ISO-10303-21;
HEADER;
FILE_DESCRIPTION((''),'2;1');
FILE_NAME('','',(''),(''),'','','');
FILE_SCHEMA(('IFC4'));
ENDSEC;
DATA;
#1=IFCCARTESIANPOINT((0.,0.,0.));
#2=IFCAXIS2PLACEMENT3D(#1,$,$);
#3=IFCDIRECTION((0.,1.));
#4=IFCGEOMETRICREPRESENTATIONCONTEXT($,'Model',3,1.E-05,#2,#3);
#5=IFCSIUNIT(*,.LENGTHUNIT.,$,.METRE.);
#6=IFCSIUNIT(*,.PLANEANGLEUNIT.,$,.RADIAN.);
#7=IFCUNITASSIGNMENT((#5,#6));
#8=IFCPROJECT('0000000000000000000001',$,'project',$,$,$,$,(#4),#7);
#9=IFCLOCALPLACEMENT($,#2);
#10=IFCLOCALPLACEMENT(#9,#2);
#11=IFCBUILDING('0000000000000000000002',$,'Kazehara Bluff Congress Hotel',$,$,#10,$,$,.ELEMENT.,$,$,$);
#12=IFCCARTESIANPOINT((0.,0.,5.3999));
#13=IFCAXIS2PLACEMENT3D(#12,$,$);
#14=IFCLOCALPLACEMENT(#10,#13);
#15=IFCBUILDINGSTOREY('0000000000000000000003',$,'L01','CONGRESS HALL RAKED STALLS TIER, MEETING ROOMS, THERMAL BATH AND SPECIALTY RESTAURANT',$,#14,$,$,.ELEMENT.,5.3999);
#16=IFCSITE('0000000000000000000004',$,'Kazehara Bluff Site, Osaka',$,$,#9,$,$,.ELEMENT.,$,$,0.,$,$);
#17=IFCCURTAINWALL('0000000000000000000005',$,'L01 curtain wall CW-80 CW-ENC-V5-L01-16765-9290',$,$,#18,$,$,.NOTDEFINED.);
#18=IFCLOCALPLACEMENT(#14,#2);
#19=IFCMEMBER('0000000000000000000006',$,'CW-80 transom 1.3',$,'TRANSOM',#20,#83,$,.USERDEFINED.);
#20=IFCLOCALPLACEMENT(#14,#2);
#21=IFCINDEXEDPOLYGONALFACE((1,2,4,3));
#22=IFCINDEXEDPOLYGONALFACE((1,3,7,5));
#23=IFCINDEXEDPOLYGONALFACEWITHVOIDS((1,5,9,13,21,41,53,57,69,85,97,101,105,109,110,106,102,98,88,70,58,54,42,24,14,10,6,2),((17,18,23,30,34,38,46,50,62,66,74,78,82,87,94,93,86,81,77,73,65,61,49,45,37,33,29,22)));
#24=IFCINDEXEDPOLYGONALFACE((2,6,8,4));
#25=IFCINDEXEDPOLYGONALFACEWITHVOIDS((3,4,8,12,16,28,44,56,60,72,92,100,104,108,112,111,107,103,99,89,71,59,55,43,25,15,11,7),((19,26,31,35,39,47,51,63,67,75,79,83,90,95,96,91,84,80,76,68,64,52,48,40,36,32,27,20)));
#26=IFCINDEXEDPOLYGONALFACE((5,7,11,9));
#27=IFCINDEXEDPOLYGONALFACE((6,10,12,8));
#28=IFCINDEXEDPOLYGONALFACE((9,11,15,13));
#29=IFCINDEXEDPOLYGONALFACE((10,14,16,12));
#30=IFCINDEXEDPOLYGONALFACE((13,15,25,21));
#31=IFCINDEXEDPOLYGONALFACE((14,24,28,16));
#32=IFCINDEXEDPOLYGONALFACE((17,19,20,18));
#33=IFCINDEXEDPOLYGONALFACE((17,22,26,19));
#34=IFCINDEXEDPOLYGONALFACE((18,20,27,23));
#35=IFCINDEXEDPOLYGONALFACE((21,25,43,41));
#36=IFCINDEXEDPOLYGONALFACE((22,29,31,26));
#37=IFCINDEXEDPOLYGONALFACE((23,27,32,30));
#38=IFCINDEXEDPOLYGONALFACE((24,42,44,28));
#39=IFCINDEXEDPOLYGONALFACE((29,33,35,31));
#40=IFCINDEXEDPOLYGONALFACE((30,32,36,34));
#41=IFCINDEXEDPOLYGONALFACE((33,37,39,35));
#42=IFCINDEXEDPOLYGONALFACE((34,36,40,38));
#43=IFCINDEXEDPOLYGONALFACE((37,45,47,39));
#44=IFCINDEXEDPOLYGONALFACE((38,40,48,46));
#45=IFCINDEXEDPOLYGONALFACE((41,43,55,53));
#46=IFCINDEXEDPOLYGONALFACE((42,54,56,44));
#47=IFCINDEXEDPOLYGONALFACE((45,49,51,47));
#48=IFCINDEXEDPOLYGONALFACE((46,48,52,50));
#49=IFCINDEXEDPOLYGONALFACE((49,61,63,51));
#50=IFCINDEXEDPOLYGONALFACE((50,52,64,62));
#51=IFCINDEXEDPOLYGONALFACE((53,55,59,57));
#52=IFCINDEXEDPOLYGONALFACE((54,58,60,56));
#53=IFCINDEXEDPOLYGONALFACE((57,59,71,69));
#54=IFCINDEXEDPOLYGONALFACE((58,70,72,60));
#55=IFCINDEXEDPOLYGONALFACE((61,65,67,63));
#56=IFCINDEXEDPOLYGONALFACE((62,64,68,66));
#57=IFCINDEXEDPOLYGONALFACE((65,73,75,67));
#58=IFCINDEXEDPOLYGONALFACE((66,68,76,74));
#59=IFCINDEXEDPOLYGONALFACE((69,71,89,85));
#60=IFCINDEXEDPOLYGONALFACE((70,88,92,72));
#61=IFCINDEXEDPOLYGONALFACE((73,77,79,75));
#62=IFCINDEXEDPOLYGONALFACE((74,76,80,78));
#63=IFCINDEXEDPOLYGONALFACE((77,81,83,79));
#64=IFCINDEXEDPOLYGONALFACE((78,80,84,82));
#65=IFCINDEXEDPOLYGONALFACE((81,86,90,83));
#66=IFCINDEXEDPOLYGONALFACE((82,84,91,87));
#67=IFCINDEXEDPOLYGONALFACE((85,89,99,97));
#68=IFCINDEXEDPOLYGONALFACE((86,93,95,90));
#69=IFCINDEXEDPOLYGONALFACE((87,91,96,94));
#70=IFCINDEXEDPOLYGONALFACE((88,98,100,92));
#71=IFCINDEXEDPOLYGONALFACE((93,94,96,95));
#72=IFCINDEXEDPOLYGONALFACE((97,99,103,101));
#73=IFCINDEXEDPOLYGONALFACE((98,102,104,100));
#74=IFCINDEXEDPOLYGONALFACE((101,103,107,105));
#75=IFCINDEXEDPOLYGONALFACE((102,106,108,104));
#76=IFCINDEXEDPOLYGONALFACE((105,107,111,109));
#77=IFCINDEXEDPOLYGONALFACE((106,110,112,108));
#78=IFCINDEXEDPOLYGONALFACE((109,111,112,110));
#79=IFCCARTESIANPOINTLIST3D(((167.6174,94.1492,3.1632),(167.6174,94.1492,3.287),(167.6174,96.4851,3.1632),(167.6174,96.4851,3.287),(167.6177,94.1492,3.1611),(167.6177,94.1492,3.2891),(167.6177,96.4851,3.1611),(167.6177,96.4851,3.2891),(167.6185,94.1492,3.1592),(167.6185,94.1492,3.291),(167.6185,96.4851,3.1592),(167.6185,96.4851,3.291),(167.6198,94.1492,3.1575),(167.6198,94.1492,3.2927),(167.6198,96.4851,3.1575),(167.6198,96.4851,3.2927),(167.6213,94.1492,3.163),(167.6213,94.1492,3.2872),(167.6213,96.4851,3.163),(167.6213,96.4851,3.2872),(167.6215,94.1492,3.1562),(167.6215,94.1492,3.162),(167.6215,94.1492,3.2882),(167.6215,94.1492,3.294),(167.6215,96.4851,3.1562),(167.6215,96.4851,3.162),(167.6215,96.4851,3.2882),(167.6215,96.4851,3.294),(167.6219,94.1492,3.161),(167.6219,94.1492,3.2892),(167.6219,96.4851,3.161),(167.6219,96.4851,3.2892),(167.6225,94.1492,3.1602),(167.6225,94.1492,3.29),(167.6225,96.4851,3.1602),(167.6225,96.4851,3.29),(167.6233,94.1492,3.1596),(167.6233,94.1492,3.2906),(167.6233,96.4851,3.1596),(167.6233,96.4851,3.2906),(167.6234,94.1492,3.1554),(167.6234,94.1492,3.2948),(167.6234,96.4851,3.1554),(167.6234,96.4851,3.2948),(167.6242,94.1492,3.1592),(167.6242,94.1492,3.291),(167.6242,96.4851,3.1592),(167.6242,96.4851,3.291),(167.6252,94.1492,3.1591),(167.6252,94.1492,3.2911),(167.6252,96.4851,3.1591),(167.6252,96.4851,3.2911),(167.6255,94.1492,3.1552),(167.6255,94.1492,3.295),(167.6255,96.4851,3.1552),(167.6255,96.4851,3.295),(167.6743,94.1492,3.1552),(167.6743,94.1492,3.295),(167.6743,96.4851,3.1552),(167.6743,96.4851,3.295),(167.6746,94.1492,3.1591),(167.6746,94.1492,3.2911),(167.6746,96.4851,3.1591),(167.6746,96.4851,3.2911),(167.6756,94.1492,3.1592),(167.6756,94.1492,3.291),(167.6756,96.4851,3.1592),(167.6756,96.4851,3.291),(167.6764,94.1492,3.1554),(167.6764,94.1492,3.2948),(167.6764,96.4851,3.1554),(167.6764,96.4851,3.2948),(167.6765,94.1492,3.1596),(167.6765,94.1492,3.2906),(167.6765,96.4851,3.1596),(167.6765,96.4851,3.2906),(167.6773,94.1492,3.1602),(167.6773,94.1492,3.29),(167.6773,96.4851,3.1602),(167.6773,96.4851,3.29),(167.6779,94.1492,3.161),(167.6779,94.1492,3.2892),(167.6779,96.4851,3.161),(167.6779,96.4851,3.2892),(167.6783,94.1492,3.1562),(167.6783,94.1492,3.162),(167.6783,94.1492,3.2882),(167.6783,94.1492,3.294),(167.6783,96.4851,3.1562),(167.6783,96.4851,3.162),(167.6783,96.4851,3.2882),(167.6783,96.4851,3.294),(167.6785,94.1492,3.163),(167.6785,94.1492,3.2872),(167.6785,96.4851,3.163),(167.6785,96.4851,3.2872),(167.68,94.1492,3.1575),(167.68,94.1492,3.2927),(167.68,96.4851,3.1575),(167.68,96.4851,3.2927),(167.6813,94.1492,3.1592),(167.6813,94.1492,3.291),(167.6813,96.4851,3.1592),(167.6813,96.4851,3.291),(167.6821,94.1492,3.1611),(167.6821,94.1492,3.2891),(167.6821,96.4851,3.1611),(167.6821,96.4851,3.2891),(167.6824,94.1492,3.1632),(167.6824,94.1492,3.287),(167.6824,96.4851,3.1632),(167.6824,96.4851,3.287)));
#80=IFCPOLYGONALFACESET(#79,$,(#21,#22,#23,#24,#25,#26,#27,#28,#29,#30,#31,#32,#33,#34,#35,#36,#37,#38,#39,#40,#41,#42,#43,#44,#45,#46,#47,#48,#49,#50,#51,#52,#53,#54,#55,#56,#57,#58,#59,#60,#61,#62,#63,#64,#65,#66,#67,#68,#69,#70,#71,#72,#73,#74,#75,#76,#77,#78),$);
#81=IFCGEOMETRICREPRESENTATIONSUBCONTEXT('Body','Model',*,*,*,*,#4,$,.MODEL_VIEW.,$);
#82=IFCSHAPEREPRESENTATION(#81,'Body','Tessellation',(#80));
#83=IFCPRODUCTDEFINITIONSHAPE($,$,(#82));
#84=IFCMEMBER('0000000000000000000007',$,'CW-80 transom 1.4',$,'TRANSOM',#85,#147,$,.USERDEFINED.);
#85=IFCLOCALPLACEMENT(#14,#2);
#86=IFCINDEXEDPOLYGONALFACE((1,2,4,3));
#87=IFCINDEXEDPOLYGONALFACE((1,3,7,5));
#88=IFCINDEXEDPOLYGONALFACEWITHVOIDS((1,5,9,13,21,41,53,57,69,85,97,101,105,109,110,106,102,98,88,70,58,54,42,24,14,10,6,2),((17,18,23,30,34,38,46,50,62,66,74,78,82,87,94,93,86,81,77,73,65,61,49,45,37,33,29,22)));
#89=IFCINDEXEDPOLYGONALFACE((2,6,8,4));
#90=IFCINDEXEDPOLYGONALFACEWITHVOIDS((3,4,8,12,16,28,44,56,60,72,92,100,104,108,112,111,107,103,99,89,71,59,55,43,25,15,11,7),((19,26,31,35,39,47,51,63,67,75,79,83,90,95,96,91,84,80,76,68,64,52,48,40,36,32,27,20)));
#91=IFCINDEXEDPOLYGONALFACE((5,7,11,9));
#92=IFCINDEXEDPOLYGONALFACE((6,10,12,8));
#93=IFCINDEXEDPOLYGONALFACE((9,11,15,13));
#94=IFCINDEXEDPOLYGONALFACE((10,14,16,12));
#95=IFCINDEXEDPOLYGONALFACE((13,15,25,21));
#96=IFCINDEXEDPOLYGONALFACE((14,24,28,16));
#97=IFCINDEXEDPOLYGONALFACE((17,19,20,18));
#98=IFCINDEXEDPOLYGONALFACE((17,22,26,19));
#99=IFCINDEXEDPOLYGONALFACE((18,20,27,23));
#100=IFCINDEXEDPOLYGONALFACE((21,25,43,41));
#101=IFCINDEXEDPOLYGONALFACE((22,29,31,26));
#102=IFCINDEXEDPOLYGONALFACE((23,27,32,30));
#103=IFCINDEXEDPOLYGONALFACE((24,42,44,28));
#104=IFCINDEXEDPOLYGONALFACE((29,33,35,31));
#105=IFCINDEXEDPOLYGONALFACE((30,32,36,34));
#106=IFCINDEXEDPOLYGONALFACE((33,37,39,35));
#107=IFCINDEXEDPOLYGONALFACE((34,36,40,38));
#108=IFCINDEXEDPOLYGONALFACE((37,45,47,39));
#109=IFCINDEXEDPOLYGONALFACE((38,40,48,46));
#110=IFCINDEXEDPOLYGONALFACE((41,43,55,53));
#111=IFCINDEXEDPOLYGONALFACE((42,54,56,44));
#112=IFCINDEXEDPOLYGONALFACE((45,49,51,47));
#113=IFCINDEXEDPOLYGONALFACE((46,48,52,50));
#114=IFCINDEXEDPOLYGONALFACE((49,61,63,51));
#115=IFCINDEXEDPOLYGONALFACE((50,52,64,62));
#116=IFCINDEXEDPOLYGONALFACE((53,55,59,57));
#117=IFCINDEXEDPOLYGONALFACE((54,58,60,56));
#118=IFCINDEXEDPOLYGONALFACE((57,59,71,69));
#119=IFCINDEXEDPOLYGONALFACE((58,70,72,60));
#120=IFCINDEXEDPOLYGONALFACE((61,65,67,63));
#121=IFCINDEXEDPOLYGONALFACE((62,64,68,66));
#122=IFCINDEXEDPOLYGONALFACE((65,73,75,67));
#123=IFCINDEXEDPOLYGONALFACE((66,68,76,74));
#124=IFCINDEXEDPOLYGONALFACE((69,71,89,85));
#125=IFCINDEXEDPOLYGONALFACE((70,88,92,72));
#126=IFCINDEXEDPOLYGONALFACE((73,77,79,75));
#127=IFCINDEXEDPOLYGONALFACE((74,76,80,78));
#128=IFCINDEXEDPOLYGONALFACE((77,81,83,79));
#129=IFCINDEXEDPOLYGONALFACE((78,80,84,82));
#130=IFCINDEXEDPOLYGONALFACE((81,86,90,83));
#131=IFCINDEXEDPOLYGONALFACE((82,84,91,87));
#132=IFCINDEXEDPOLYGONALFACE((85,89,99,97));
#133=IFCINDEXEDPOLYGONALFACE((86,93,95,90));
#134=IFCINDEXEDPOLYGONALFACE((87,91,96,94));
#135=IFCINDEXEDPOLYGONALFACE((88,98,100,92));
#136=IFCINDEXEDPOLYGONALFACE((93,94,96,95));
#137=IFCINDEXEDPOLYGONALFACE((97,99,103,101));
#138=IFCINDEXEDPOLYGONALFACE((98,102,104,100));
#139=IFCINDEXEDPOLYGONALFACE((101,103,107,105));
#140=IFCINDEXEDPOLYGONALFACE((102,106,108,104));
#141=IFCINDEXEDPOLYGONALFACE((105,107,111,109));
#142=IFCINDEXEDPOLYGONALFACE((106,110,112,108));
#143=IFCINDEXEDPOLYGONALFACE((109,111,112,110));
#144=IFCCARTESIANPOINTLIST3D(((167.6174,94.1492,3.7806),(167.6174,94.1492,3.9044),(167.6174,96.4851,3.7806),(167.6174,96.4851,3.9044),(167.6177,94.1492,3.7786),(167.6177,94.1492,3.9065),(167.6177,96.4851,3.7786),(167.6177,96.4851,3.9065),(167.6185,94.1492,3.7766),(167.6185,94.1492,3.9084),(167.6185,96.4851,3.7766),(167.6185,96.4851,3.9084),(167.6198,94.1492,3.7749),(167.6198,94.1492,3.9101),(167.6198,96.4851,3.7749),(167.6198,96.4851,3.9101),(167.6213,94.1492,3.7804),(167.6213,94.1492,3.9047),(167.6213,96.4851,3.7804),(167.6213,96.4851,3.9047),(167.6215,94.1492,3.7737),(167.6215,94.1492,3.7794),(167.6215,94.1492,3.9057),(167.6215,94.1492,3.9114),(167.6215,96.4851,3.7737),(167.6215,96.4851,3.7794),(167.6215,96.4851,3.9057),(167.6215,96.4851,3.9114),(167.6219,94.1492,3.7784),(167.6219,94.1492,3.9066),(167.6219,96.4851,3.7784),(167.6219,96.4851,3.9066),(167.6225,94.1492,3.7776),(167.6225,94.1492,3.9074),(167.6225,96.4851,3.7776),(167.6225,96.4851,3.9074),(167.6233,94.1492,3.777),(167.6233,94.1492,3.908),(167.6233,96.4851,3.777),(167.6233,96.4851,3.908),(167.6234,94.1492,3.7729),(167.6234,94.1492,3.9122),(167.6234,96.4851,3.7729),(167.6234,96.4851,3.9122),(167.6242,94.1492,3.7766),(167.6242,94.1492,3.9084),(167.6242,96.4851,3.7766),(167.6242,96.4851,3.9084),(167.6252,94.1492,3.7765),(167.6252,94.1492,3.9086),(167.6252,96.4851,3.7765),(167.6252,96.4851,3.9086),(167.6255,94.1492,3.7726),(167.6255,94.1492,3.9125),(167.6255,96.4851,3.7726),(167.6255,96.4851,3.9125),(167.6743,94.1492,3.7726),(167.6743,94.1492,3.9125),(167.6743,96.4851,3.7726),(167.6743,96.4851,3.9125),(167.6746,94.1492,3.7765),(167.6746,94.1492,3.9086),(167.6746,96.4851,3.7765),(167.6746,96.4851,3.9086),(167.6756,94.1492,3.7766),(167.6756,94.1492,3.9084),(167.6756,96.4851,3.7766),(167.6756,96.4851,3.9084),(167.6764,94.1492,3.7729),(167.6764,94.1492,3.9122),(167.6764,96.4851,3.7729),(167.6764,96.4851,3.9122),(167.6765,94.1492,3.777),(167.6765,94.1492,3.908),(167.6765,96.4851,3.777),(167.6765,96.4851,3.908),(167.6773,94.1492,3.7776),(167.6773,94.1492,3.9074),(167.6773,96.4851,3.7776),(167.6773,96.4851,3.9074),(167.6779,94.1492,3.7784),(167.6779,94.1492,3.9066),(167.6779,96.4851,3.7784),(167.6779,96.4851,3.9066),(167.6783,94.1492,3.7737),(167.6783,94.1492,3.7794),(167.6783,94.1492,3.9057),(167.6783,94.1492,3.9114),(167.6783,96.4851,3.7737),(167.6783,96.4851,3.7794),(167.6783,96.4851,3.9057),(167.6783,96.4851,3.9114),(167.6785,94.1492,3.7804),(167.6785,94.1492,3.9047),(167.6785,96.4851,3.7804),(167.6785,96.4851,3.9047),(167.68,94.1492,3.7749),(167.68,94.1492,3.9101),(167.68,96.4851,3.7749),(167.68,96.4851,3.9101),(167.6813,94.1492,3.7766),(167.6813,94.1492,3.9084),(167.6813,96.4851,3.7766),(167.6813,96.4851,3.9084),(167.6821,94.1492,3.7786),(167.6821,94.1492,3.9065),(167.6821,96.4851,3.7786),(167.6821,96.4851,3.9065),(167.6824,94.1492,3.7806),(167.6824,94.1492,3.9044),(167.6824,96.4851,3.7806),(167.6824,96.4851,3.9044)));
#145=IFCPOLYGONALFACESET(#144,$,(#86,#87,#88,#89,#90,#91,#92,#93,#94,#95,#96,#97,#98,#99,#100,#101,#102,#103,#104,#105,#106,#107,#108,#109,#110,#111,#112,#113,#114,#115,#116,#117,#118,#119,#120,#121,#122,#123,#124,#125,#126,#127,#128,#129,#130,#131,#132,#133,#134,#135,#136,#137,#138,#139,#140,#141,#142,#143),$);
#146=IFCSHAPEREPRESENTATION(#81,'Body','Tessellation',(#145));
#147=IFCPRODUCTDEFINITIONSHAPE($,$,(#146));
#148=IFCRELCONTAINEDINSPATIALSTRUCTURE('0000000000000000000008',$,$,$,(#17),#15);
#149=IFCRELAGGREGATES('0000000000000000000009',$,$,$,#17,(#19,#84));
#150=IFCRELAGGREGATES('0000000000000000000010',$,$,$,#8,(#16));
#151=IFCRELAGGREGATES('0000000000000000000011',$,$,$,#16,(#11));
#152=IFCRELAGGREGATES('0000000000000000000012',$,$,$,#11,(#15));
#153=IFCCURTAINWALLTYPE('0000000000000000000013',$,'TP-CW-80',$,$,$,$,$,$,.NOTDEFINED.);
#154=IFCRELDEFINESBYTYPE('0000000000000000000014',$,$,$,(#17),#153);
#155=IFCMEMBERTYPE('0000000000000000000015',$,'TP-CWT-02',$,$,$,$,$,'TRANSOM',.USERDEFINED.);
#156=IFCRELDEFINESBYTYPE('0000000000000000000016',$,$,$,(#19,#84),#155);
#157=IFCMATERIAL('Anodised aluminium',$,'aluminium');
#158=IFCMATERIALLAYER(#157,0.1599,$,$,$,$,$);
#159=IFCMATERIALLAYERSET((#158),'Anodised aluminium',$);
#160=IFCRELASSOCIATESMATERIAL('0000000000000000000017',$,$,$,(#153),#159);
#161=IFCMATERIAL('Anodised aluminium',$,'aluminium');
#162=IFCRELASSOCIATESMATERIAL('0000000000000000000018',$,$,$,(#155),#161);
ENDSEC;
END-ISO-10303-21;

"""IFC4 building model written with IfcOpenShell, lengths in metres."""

from ifc_helpers import new_model, si_unit, direction, frame, origin, origin_2d, place, context, subcontext, project, spatial, hollow_rectangle, extrude, material, layer, layer_set, material_profile, profile_set, type_object, element, aggregate, save


model = new_model("IFC4")

# Units and contexts
model_context = context("Model", 3, precision=1e-05, world=origin(), true_north=direction((0.0, 1.0)))
body_context = subcontext(model_context, "Body", "Model", "MODEL_VIEW")
ifc_project = project(units=[si_unit("LENGTHUNIT", "METRE"), si_unit("PLANEANGLEUNIT", "RADIAN")], contexts=[model_context])

# Site, building, storey
site_placement = place(None, origin())
site = spatial("IfcSite", under=ifc_project, at=site_placement, Name="Kazehara Bluff Site, Osaka", CompositionType="ELEMENT", RefElevation=0.0)
building_placement = place(site_placement, origin())
building = spatial("IfcBuilding", under=site, at=building_placement, Name="Kazehara Bluff Congress Hotel", CompositionType="ELEMENT")
storey_placement = place(building_placement, frame((0.0, 0.0, 5.3999)))
storey = spatial("IfcBuildingStorey", under=building, at=storey_placement, Name="L01", Description="CONGRESS HALL RAKED STALLS TIER, MEETING ROOMS, THERMAL BATH AND SPECIALTY RESTAURANT", CompositionType="ELEMENT", Elevation=5.3999)

# Curtain wall
ifc_material_1 = material(Name="Anodised aluminium", Category="aluminium")
ifc_layer_1 = layer(ifc_material_1, 0.1599)
ifc_layer_set_1 = layer_set([ifc_layer_1], Name="Anodised aluminium")
curtain_wall_type_1 = type_object("IfcCurtainWallType", Name="TP-CW-80", PredefinedType="NOTDEFINED", material=ifc_layer_set_1)
curtain_wall_1_placement = place(storey_placement, origin())
curtain_wall_1 = element("IfcCurtainWall", 1, at=curtain_wall_1_placement, inside=storey, type_object=curtain_wall_type_1, Name="L01 curtain wall CW-80 CW-ENC-V5-L01-16765-9290", PredefinedType="NOTDEFINED")

# Members
ifc_material_2 = material(Name="Anodised aluminium", Category="aluminium")
ifc_material_profile_1 = material_profile(ifc_material_2, hollow_rectangle(XDim=0.0649, YDim=0.1399, WallThickness=0.0039, InnerFilletRadius=0.0039, OuterFilletRadius=0.0081, at=origin_2d()))
ifc_profile_set_1 = profile_set([ifc_material_profile_1], Name="Anodised aluminium")
member_type_1 = type_object("IfcMemberType", Name="TP-CWT-02", ElementType="TRANSOM", PredefinedType="USERDEFINED", material=ifc_profile_set_1)
member_1_placement = place(storey_placement, frame((167.6499, 96.4851, 3.2251), z_axis=(0.0, -1.0, 0.0), x_axis=(1.0, 0.0, 0.0)))
member_1 = element("IfcMember", 2, at=member_1_placement, type_object=member_type_1, Name="CW-80 transom 1.3", ObjectType="TRANSOM", PredefinedType="USERDEFINED", context=body_context, shape_type="SweptSolid", body=[
    extrude(hollow_rectangle(XDim=0.0649, YDim=0.1399, WallThickness=0.0039, InnerFilletRadius=0.0039, OuterFilletRadius=0.0081, at=origin_2d()), origin(), (0.0, 0.0, 1.0), 2.3359),
])
member_2_placement = place(storey_placement, frame((167.6499, 96.4851, 3.8425), z_axis=(0.0, -1.0, 0.0), x_axis=(1.0, 0.0, 0.0)))
member_2 = element("IfcMember", 3, at=member_2_placement, type_object=member_type_1, Name="CW-80 transom 1.4", ObjectType="TRANSOM", PredefinedType="USERDEFINED", context=body_context, shape_type="SweptSolid", body=[
    extrude(hollow_rectangle(XDim=0.0649, YDim=0.1399, WallThickness=0.0039, InnerFilletRadius=0.0039, OuterFilletRadius=0.0081, at=origin_2d()), origin(), (0.0, 0.0, 1.0), 2.3359),
])

aggregate(curtain_wall_1, [member_1, member_2])

save(model, "model.ifc")
